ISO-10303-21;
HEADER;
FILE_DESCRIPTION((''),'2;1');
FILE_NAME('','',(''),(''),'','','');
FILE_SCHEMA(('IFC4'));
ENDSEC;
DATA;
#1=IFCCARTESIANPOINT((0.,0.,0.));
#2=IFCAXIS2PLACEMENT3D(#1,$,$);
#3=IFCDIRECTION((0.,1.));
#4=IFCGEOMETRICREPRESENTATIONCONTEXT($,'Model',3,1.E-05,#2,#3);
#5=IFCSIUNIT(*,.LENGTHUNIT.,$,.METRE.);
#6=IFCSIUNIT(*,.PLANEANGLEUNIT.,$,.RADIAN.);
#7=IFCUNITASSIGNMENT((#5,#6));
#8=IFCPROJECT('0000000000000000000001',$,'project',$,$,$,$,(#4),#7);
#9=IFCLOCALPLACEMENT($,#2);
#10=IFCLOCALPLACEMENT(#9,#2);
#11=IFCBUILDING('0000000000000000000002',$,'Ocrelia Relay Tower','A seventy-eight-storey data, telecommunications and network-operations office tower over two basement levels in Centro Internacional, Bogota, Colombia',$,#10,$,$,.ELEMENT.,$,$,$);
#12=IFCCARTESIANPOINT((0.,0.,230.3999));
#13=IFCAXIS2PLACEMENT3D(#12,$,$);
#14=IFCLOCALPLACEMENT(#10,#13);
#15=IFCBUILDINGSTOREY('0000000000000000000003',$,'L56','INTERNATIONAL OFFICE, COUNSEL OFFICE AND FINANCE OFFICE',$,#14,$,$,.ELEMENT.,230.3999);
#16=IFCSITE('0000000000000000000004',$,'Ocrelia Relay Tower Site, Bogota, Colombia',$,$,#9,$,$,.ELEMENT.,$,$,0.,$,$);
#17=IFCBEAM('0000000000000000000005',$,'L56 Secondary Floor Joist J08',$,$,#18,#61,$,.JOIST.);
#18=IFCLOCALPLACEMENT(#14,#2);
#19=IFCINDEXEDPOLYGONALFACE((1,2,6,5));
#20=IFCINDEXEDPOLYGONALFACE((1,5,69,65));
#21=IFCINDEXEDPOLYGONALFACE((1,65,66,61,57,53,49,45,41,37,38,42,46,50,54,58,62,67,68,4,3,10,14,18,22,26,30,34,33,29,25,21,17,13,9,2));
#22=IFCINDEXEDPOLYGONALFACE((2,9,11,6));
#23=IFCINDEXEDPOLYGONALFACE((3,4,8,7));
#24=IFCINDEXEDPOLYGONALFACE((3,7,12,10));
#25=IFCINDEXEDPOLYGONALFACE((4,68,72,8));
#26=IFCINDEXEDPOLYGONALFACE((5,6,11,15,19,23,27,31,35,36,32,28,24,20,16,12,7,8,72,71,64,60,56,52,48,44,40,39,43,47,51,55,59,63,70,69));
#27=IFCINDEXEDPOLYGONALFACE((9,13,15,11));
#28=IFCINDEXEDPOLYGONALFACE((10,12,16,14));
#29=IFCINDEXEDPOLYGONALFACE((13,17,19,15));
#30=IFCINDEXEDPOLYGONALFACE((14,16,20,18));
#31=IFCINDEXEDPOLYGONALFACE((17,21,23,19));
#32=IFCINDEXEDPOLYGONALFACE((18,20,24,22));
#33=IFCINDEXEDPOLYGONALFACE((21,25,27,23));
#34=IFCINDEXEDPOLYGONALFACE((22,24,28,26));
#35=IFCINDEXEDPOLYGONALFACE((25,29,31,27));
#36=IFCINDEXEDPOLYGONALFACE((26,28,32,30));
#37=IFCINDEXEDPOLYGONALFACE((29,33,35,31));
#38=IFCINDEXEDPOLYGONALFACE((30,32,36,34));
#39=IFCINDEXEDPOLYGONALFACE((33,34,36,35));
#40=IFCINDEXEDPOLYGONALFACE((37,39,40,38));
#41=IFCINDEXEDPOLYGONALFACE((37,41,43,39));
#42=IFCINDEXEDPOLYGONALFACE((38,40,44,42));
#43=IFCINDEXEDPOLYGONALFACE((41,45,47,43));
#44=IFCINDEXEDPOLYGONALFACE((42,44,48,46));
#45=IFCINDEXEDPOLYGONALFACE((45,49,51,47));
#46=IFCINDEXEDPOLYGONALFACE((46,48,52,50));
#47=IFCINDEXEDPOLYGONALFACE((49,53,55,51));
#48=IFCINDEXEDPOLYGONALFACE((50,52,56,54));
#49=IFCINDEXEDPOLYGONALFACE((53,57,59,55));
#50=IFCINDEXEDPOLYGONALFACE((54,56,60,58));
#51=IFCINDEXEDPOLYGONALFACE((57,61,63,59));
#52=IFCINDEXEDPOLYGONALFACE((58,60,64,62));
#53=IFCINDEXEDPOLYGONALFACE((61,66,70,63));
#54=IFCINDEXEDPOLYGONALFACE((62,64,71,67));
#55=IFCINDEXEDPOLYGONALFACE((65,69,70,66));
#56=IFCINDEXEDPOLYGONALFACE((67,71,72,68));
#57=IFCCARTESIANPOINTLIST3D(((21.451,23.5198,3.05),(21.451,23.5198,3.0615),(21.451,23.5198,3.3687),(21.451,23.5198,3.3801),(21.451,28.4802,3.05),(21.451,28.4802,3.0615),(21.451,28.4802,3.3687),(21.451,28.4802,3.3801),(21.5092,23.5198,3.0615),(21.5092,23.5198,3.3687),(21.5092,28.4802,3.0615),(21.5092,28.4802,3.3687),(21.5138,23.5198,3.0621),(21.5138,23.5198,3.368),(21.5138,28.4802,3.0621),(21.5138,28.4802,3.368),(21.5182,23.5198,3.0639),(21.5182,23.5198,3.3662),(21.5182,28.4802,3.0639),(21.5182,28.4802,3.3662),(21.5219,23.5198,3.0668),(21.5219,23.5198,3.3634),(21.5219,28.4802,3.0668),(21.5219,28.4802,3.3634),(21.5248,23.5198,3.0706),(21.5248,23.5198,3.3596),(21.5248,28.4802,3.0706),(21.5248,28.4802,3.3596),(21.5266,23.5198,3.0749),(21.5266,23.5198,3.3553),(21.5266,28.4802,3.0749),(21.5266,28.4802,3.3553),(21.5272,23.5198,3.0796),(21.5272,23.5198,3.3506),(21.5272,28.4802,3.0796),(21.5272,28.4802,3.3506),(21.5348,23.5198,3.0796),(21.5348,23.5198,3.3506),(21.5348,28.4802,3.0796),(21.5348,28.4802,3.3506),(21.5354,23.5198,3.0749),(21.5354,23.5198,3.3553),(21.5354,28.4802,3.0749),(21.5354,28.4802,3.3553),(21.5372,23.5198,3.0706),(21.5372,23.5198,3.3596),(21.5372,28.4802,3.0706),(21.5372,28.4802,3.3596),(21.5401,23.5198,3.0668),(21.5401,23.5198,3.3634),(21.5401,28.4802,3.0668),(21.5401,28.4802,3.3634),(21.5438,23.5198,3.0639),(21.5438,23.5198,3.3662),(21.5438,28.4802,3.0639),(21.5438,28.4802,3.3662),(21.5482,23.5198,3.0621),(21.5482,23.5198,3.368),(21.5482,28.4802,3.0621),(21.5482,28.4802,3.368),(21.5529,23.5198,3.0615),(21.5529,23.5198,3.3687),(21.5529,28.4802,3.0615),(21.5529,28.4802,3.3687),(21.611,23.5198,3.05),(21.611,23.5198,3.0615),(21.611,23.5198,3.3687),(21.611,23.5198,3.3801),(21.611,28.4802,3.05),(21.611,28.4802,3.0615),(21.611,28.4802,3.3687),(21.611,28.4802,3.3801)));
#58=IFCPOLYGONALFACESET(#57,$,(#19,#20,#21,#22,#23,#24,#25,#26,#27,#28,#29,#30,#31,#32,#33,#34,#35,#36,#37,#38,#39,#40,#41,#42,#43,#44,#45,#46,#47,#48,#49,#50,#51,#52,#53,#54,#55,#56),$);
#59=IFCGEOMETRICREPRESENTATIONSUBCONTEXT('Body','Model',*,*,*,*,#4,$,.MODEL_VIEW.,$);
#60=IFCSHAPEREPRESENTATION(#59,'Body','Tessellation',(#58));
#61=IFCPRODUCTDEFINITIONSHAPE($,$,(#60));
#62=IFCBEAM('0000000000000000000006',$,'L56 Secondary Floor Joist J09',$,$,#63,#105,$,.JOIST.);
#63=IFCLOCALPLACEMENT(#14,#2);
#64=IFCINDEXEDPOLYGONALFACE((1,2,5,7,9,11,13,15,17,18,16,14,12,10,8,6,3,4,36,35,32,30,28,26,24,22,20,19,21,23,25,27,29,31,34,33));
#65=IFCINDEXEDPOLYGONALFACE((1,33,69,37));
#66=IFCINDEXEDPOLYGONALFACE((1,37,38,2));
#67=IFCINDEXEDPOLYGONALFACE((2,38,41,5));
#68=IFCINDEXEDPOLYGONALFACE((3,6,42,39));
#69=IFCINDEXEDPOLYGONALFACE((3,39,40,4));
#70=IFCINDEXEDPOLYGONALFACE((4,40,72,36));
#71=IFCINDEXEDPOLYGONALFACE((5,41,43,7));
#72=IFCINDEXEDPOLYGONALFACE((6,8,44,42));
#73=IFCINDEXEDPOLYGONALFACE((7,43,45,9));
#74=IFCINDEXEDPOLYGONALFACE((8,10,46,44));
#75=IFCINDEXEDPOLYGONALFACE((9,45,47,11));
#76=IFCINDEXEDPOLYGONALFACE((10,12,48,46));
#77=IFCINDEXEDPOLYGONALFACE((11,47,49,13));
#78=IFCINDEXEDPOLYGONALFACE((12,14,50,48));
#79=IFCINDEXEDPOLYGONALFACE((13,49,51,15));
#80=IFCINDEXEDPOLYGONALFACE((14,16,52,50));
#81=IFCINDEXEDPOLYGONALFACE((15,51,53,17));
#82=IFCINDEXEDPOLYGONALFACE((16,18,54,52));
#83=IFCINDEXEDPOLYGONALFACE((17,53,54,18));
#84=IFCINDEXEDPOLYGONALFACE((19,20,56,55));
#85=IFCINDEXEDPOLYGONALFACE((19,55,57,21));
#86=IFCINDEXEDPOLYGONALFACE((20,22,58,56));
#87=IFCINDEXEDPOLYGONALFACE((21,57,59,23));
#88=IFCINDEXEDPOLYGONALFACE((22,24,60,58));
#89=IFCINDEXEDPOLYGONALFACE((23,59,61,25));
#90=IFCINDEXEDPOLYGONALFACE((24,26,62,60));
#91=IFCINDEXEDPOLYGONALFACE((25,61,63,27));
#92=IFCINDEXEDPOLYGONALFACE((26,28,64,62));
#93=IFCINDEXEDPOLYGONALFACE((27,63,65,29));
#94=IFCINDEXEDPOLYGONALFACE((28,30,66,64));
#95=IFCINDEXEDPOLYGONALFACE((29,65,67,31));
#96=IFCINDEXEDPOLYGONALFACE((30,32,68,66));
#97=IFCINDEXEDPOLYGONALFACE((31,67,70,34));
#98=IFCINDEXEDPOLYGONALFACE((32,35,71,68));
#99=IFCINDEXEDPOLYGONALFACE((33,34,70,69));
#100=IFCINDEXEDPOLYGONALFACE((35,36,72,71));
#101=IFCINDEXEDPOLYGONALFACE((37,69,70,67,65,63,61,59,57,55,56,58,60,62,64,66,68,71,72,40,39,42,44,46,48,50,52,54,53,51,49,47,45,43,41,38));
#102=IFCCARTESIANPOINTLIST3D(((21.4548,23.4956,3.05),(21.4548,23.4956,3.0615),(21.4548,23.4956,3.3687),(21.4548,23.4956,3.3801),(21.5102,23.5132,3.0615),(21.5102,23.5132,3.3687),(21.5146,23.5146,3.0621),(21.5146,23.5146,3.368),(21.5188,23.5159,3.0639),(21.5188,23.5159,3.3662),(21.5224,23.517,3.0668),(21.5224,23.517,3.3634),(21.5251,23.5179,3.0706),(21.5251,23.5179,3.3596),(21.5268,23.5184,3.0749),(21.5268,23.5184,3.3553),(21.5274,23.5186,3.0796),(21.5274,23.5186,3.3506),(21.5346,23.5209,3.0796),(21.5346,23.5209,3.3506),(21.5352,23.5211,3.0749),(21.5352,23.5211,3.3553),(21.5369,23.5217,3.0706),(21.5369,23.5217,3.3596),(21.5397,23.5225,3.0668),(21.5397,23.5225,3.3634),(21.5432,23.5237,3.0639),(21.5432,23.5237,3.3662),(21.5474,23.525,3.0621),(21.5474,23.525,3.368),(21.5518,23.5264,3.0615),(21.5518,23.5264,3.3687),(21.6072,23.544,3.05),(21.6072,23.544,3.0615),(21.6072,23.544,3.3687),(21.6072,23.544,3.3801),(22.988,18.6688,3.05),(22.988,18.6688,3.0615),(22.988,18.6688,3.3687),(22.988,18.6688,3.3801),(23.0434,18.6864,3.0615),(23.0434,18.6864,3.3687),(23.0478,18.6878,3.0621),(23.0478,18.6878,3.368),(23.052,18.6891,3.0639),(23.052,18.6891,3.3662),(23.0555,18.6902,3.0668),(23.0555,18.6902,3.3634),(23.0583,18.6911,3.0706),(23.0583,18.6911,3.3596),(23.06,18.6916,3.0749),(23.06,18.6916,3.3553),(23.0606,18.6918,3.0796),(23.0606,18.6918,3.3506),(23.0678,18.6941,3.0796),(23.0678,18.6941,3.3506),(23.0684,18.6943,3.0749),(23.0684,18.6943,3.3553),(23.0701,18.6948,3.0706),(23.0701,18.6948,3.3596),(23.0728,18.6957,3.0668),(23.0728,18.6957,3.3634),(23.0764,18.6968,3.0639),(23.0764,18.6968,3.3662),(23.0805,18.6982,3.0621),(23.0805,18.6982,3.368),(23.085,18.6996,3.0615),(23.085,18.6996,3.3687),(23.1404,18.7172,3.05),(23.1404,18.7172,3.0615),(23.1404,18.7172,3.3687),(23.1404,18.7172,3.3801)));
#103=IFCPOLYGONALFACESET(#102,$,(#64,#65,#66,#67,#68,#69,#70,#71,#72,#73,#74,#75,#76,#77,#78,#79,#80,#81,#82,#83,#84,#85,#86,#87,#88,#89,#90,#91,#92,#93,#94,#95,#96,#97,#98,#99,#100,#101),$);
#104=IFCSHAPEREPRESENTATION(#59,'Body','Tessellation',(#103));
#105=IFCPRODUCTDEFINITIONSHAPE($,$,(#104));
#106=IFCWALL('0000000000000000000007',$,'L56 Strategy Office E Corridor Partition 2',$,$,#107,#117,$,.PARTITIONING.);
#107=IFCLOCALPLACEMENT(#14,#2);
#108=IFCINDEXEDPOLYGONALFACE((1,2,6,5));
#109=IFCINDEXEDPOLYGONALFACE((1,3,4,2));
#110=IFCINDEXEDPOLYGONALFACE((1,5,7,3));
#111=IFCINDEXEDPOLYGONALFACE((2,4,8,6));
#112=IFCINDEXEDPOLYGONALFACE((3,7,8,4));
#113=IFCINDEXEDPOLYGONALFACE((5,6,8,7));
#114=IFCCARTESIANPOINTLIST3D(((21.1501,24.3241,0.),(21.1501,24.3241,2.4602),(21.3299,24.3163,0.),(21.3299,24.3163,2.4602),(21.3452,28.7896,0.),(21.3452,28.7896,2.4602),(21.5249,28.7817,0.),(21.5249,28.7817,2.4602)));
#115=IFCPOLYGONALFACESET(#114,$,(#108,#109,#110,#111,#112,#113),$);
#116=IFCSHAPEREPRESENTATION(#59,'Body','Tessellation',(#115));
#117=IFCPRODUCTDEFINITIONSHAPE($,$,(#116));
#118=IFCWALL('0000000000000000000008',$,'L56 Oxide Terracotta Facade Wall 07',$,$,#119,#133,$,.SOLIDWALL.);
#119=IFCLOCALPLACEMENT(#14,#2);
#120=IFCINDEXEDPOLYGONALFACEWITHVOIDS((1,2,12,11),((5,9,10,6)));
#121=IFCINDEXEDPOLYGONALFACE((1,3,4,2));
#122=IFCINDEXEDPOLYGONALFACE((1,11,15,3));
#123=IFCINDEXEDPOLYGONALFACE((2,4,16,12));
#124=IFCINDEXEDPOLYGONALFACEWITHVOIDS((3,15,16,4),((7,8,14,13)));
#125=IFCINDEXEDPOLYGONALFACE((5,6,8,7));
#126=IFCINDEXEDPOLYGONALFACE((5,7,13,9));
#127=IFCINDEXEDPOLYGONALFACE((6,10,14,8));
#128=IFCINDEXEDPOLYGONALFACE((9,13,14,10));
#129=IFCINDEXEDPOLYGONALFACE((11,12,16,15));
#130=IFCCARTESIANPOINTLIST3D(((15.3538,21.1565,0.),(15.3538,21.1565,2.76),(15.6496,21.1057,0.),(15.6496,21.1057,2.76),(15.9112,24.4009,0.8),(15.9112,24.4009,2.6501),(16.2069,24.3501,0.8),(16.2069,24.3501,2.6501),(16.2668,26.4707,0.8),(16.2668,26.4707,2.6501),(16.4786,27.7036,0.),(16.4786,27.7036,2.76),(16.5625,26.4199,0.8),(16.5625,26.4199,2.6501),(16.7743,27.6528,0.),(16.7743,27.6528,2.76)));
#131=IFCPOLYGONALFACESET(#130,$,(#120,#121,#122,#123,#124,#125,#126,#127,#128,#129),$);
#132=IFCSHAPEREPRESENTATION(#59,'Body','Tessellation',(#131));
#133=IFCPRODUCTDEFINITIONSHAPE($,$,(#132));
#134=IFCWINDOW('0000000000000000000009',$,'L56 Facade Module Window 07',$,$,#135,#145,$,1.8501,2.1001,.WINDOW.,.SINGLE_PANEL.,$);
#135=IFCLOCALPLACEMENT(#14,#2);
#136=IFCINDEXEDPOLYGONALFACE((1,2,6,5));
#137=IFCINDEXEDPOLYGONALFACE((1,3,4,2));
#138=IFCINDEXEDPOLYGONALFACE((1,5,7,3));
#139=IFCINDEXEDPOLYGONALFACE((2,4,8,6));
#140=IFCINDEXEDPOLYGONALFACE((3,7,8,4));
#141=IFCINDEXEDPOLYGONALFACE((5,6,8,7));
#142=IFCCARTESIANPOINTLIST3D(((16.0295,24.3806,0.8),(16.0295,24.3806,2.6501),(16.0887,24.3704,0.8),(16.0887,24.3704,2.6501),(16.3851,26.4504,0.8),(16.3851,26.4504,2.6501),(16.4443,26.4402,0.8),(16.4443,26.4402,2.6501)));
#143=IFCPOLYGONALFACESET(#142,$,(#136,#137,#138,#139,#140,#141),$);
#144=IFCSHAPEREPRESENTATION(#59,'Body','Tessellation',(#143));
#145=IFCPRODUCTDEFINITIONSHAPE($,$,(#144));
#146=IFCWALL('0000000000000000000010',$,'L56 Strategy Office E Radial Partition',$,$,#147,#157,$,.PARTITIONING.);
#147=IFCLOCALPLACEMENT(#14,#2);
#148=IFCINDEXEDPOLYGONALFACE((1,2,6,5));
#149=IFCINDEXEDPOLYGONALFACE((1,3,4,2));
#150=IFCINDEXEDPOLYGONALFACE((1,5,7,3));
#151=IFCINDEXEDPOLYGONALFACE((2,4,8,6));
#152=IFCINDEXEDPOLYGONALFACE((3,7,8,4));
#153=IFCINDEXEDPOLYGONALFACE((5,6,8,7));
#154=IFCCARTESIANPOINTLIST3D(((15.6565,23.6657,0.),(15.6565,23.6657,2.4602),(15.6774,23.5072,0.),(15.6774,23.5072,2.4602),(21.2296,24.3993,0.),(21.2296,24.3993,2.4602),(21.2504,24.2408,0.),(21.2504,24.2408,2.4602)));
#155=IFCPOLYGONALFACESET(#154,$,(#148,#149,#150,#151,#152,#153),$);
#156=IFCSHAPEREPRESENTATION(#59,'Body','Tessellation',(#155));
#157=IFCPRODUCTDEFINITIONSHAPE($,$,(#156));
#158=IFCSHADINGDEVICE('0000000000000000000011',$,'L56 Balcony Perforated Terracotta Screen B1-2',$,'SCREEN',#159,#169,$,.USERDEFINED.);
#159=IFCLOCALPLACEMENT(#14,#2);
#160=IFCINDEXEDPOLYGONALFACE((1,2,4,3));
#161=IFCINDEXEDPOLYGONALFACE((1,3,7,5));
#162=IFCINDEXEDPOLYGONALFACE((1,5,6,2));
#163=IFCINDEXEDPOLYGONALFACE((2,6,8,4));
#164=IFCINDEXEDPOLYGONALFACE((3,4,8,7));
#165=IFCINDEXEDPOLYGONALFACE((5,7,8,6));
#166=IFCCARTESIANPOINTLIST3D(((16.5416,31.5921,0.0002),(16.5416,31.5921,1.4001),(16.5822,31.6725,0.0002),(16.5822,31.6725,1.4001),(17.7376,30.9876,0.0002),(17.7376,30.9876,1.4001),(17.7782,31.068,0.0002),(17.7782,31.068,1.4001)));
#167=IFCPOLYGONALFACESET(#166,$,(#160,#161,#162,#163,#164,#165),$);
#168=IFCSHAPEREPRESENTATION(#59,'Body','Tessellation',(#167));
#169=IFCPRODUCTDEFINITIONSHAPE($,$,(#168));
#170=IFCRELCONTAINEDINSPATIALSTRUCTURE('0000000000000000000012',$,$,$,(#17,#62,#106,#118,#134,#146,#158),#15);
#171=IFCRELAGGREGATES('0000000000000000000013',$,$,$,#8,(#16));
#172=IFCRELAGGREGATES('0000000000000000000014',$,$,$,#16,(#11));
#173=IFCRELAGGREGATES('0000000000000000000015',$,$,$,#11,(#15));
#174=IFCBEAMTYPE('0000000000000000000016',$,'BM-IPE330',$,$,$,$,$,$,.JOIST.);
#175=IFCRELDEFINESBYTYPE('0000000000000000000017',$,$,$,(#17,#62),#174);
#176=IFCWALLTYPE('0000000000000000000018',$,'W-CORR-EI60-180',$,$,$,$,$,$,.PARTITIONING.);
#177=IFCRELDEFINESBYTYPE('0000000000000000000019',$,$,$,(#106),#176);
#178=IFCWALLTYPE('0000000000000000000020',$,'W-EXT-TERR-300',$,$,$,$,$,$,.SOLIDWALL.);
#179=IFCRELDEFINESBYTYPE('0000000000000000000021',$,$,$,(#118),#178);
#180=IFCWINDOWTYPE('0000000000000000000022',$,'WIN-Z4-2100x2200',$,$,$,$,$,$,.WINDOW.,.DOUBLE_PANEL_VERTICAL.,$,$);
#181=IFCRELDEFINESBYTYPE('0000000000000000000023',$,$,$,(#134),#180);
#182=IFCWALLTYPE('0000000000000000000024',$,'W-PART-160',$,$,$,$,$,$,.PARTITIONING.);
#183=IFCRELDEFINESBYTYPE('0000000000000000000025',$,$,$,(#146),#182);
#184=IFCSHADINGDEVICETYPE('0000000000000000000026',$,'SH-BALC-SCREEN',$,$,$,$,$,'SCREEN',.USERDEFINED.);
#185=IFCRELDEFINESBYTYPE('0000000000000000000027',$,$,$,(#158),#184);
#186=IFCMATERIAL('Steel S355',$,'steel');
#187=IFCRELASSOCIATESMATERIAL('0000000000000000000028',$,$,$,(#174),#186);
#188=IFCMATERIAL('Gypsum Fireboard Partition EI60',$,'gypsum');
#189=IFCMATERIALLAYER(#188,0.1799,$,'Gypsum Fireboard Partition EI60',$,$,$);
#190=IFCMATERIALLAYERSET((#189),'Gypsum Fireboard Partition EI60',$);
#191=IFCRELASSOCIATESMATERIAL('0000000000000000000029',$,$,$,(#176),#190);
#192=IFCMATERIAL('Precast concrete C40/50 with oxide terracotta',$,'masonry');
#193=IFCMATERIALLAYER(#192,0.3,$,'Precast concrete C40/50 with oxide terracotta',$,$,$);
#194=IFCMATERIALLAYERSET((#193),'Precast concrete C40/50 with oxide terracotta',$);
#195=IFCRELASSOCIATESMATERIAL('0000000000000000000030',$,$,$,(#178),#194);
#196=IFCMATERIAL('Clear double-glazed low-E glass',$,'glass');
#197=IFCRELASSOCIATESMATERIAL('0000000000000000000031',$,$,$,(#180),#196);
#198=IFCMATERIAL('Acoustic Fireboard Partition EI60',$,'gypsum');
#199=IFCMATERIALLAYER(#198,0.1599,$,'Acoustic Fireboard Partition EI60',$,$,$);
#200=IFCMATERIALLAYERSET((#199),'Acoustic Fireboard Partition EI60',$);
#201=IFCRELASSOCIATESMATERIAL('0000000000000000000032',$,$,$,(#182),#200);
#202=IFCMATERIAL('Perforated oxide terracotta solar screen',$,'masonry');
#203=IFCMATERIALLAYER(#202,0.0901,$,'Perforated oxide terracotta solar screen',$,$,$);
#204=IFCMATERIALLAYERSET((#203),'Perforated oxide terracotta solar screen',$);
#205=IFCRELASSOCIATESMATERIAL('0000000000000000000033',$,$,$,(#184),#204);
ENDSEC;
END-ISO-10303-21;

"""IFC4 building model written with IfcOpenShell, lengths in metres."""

from ifc_helpers import new_model, si_unit, direction, frame, frame_2d, origin, origin_2d, place, context, subcontext, project, spatial, rectangle, i_section, extrude, material, layer, layer_set, material_profile, profile_set, type_object, element, fill, save


model = new_model("IFC4")

# Units and contexts
model_context = context("Model", 3, precision=1e-05, world=origin(), true_north=direction((0.0, 1.0)))
body_context = subcontext(model_context, "Body", "Model", "MODEL_VIEW")
ifc_project = project(units=[si_unit("LENGTHUNIT", "METRE"), si_unit("PLANEANGLEUNIT", "RADIAN")], contexts=[model_context])

# Site, building, storey
site_placement = place(None, origin())
site = spatial("IfcSite", under=ifc_project, at=site_placement, Name="Ocrelia Relay Tower Site, Bogota, Colombia", CompositionType="ELEMENT", RefElevation=0.0)
building_placement = place(site_placement, origin())
building = spatial("IfcBuilding", under=site, at=building_placement, Name="Ocrelia Relay Tower", Description="A seventy-eight-storey data, telecommunications and network-operations office tower over two basement levels in Centro Internacional, Bogota, Colombia", CompositionType="ELEMENT")
storey_placement = place(building_placement, frame((0.0, 0.0, 230.3999)))
storey = spatial("IfcBuildingStorey", under=building, at=storey_placement, Name="L56", Description="INTERNATIONAL OFFICE, COUNSEL OFFICE AND FINANCE OFFICE", CompositionType="ELEMENT", Elevation=230.3999)

# Beams
ifc_material_1 = material(Name="Steel S355", Category="steel")
ifc_material_profile_1 = material_profile(ifc_material_1, i_section(OverallWidth=0.1599, OverallDepth=0.3301, WebThickness=0.0076, FlangeThickness=0.0115, FilletRadius=0.0181, at=origin_2d()), Name="IPE 330")
ifc_profile_set_1 = profile_set([ifc_material_profile_1], Name="Steel S355")
beam_type_1 = type_object("IfcBeamType", Name="BM-IPE330", PredefinedType="JOIST", material=ifc_profile_set_1)
beam_1_placement = place(storey_placement, frame((21.531, 28.4802, 3.2151), z_axis=(0.0, -1.0, 0.0), x_axis=(1.0, 0.0, 0.0)))
element("IfcBeam", 1, at=beam_1_placement, inside=storey, type_object=beam_type_1, Name="L56 Secondary Floor Joist J08", PredefinedType="JOIST", context=body_context, shape_type="SweptSolid", body=[
    extrude(i_section(OverallWidth=0.1599, OverallDepth=0.3301, WebThickness=0.0076, FlangeThickness=0.0115, FilletRadius=0.0181, at=origin_2d()), origin(), (0.0, 0.0, 1.0), 4.9604),
])
beam_2_placement = place(storey_placement, frame((21.531, 23.5198, 3.2151), z_axis=(0.302732, -0.953076, 0.0), x_axis=(0.953076, 0.302732, 0.0)))
element("IfcBeam", 2, at=beam_2_placement, inside=storey, type_object=beam_type_1, Name="L56 Secondary Floor Joist J09", PredefinedType="JOIST", context=body_context, shape_type="SweptSolid", body=[
    extrude(i_section(OverallWidth=0.1599, OverallDepth=0.3301, WebThickness=0.0076, FlangeThickness=0.0115, FilletRadius=0.0181, at=origin_2d()), origin(), (0.0, 0.0, 1.0), 5.0645),
])

# Wall
ifc_material_2 = material(Name="Gypsum Fireboard Partition EI60", Category="gypsum")
ifc_layer_1 = layer(ifc_material_2, 0.1799, Name="Gypsum Fireboard Partition EI60")
ifc_layer_set_1 = layer_set([ifc_layer_1], Name="Gypsum Fireboard Partition EI60")
wall_type_1 = type_object("IfcWallType", Name="W-CORR-EI60-180", PredefinedType="PARTITIONING", material=ifc_layer_set_1)
wall_1_placement = place(storey_placement, frame((21.4351, 28.7856, 0.0), z_axis=(0.0, 0.0, 1.0), x_axis=(-0.043641, -0.999047, 0.0)))
element("IfcWall", 3, at=wall_1_placement, inside=storey, type_object=wall_type_1, Name="L56 Strategy Office E Corridor Partition 2", PredefinedType="PARTITIONING", context=body_context, shape_type="SweptSolid", body=[
    extrude(rectangle(XDim=4.4697, YDim=0.1799, at=frame_2d((2.2349, 0.0))), origin(), (0.0, 0.0, 1.0), 2.4602),
])

# Wall, opening, window
ifc_material_3 = material(Name="Precast concrete C40/50 with oxide terracotta", Category="masonry")
ifc_layer_2 = layer(ifc_material_3, 0.3, Name="Precast concrete C40/50 with oxide terracotta")
ifc_layer_set_2 = layer_set([ifc_layer_2], Name="Precast concrete C40/50 with oxide terracotta")
wall_type_2 = type_object("IfcWallType", Name="W-EXT-TERR-300", PredefinedType="SOLIDWALL", material=ifc_layer_set_2)
wall_2_placement = place(storey_placement, frame((16.6265, 27.6782, 0.0), z_axis=(0.0, 0.0, 1.0), x_axis=(-0.169314, -0.985562, 0.0)))
wall_2 = element("IfcWall", 4, at=wall_2_placement, inside=storey, type_object=wall_type_2, Name="L56 Oxide Terracotta Facade Wall 07", PredefinedType="SOLIDWALL", context=body_context, shape_type="SweptSolid", body=[
    extrude(rectangle(XDim=6.6431, YDim=0.3, at=frame_2d((3.3215, 0.0))), origin(), (0.0, 0.0, 1.0), 2.76),
])
opening_1_placement = place(wall_2_placement, frame((1.251, 0.0, 0.8)))
opening_1 = element("IfcOpeningElement", 5, at=opening_1_placement, cuts=wall_2, PredefinedType="OPENING", context=body_context, shape_type="SweptSolid", body=[
    extrude(rectangle(XDim=2.1001, YDim=1.8501, at=frame_2d((1.05, 0.925))), frame((0.0, 0.1602, 0.0), z_axis=(0.0, -1.0, 0.0), x_axis=(1.0, 0.0, 0.0)), (0.0, 0.0, 1.0), 0.3201),
])
ifc_material_4 = material(Name="Clear double-glazed low-E glass", Category="glass")
window_type = type_object("IfcWindowType", Name="WIN-Z4-2100x2200", PartitioningType="DOUBLE_PANEL_VERTICAL", PredefinedType="WINDOW", material=ifc_material_4)
window_placement = place(opening_1_placement, origin())
window = element("IfcWindow", 6, at=window_placement, inside=storey, type_object=window_type, Name="L56 Facade Module Window 07", OverallHeight=1.8501, OverallWidth=2.1001, PartitioningType="SINGLE_PANEL", PredefinedType="WINDOW", context=body_context, shape_type="SweptSolid", body=[
    extrude(rectangle(XDim=2.1001, YDim=1.8501, at=frame_2d((1.05, 0.925))), frame((0.0, 0.03, 0.0), z_axis=(0.0, -1.0, 0.0), x_axis=(1.0, 0.0, 0.0)), (0.0, 0.0, 1.0), 0.0601),
])
fill(opening_1, window)

# Wall
ifc_material_5 = material(Name="Acoustic Fireboard Partition EI60", Category="gypsum")
ifc_layer_3 = layer(ifc_material_5, 0.1599, Name="Acoustic Fireboard Partition EI60")
ifc_layer_set_3 = layer_set([ifc_layer_3], Name="Acoustic Fireboard Partition EI60")
wall_type_3 = type_object("IfcWallType", Name="W-PART-160", PredefinedType="PARTITIONING", material=ifc_layer_set_3)
wall_3_placement = place(storey_placement, frame((21.24, 24.3201, 0.0), z_axis=(0.0, 0.0, 1.0), x_axis=(-0.991446, -0.130516, 0.0)))
element("IfcWall", 7, at=wall_3_placement, inside=storey, type_object=wall_type_3, Name="L56 Strategy Office E Radial Partition", PredefinedType="PARTITIONING", context=body_context, shape_type="SweptSolid", body=[
    extrude(rectangle(XDim=5.6211, YDim=0.1599, at=frame_2d((2.8105, 0.0))), origin(), (0.0, 0.0, 1.0), 2.4602),
])

# Shading device
ifc_material_6 = material(Name="Perforated oxide terracotta solar screen", Category="masonry")
ifc_layer_4 = layer(ifc_material_6, 0.0901, Name="Perforated oxide terracotta solar screen")
ifc_layer_set_4 = layer_set([ifc_layer_4], Name="Perforated oxide terracotta solar screen")
shading_device_type_1 = type_object("IfcShadingDeviceType", Name="SH-BALC-SCREEN", ElementType="SCREEN", PredefinedType="USERDEFINED", material=ifc_layer_set_4)
shading_device_1_placement = place(storey_placement, frame((17.1599, 31.3301, 0.0002), z_axis=(0.0, 0.0, 1.0), x_axis=(-0.892467, 0.451113, 0.0)))
element("IfcShadingDevice", 8, at=shading_device_1_placement, inside=storey, type_object=shading_device_type_1, Name="L56 Balcony Perforated Terracotta Screen B1-2", ObjectType="SCREEN", PredefinedType="USERDEFINED", context=body_context, shape_type="SweptSolid", body=[
    extrude(rectangle(XDim=1.3401, YDim=0.0901, at=origin_2d()), origin(), (0.0, 0.0, 1.0), 1.3999),
])

save(model, "model.ifc")
